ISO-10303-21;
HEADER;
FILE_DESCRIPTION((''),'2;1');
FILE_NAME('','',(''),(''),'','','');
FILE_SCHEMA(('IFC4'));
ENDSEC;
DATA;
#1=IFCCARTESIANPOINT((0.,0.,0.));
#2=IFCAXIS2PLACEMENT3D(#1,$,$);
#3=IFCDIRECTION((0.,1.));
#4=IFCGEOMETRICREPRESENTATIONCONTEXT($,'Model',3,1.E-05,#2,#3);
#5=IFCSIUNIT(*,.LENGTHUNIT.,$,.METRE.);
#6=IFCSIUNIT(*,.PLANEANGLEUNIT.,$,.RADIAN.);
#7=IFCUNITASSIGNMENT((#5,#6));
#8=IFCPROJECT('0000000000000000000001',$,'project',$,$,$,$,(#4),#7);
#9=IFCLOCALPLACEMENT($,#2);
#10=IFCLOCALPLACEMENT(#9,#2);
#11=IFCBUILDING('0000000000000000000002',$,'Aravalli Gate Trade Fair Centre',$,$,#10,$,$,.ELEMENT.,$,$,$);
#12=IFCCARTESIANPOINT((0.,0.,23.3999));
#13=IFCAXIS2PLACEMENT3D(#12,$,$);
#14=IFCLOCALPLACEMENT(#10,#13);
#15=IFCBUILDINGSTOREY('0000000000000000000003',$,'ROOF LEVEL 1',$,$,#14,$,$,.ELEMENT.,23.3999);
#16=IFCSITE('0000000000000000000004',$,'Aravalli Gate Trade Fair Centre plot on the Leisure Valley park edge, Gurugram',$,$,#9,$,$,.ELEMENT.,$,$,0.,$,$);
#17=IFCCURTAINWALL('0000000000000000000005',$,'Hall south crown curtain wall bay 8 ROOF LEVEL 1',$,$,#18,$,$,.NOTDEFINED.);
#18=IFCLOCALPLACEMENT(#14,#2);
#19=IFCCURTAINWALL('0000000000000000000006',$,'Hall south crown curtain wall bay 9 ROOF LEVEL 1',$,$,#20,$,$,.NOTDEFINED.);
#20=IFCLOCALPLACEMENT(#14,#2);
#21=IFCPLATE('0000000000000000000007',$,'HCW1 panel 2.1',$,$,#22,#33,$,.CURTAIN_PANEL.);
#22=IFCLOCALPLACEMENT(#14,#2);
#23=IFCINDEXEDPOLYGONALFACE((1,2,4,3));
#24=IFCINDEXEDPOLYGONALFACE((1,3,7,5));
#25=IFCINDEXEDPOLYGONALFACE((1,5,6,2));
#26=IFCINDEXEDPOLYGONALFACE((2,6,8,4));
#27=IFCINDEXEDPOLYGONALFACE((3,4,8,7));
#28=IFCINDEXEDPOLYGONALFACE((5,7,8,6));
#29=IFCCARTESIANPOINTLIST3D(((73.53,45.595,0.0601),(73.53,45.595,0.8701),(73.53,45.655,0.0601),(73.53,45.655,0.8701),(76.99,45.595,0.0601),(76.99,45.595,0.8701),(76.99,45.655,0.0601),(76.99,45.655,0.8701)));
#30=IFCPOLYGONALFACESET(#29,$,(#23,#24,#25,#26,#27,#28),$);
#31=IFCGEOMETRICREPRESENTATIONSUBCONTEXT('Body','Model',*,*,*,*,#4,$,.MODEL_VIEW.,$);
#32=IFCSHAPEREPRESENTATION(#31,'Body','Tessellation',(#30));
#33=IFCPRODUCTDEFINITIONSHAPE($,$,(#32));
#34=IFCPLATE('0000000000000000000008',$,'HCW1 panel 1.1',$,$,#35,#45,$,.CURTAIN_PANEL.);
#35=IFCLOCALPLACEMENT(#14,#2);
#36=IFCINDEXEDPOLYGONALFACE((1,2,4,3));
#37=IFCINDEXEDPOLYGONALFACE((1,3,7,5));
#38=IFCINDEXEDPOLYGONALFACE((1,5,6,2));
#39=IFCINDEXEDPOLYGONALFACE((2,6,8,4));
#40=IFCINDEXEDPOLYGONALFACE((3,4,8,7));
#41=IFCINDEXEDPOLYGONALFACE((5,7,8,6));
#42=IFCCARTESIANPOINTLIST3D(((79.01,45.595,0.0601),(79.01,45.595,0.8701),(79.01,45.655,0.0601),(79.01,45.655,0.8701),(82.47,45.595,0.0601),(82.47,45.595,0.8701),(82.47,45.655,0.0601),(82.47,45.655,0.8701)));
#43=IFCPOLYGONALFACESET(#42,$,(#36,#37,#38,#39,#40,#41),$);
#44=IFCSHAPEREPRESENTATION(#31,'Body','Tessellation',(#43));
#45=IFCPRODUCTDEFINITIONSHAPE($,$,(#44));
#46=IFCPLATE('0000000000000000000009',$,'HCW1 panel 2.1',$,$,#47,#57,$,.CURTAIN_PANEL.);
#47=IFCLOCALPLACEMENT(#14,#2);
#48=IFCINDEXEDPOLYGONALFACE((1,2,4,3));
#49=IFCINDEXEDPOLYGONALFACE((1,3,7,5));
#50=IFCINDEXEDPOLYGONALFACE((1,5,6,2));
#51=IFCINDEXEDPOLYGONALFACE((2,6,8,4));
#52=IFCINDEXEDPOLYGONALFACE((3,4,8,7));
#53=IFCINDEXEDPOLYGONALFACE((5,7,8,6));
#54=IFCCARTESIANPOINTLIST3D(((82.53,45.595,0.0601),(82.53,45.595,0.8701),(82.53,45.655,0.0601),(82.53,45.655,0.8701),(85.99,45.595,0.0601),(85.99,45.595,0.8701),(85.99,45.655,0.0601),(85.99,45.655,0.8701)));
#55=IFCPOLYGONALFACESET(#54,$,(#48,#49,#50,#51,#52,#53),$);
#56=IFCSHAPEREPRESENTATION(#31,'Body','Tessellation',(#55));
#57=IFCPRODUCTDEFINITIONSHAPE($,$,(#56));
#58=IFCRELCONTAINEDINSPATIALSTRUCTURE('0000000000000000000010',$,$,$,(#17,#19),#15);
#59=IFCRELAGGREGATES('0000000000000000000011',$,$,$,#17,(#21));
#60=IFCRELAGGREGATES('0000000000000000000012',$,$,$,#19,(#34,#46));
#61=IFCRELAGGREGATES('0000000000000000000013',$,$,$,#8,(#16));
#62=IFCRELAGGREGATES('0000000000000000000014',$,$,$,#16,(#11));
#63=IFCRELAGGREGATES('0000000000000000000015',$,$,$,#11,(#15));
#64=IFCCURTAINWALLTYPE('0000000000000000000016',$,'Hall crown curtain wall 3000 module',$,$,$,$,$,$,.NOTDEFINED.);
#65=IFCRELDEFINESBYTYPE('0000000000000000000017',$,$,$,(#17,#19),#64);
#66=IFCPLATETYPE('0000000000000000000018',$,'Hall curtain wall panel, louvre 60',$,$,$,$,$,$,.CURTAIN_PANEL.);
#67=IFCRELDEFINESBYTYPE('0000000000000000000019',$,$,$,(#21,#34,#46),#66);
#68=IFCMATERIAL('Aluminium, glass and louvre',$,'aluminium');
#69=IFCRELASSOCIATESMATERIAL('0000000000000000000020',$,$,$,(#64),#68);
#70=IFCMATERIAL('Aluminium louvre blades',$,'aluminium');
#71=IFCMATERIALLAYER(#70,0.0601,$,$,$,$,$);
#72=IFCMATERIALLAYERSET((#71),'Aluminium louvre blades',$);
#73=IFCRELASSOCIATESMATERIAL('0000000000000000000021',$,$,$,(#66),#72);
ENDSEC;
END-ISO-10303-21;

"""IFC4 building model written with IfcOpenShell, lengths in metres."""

from ifc_helpers import new_model, si_unit, direction, frame, origin, origin_2d, place, context, subcontext, project, spatial, rectangle, extrude, material, layer, layer_set, type_object, element, aggregate, save


model = new_model("IFC4")

# Units and contexts
model_context = context("Model", 3, precision=1e-05, world=origin(), true_north=direction((0.0, 1.0)))
body_context = subcontext(model_context, "Body", "Model", "MODEL_VIEW")
ifc_project = project(units=[si_unit("LENGTHUNIT", "METRE"), si_unit("PLANEANGLEUNIT", "RADIAN")], contexts=[model_context])

# Site, building, storey
site_placement = place(None, origin())
site = spatial("IfcSite", under=ifc_project, at=site_placement, Name="Aravalli Gate Trade Fair Centre plot on the Leisure Valley park edge, Gurugram", CompositionType="ELEMENT", RefElevation=0.0)
building_placement = place(site_placement, origin())
building = spatial("IfcBuilding", under=site, at=building_placement, Name="Aravalli Gate Trade Fair Centre", CompositionType="ELEMENT")
storey_placement = place(building_placement, frame((0.0, 0.0, 23.3999)))
storey = spatial("IfcBuildingStorey", under=building, at=storey_placement, Name="ROOF LEVEL 1", CompositionType="ELEMENT", Elevation=23.3999)

# Shared definitions
ifc_material_1 = material(Name="Aluminium, glass and louvre", Category="aluminium")
curtain_wall_type = type_object("IfcCurtainWallType", Name="Hall crown curtain wall 3000 module", PredefinedType="NOTDEFINED", material=ifc_material_1)

# Curtain walls
curtain_wall_1_placement = place(storey_placement, origin())
curtain_wall_1 = element("IfcCurtainWall", 1, at=curtain_wall_1_placement, inside=storey, type_object=curtain_wall_type, Name="Hall south crown curtain wall bay 8 ROOF LEVEL 1", PredefinedType="NOTDEFINED")
curtain_wall_2_placement = place(storey_placement, origin())
curtain_wall_2 = element("IfcCurtainWall", 2, at=curtain_wall_2_placement, inside=storey, type_object=curtain_wall_type, Name="Hall south crown curtain wall bay 9 ROOF LEVEL 1", PredefinedType="NOTDEFINED")

# Plates
ifc_material_2 = material(Name="Aluminium louvre blades", Category="aluminium")
ifc_layer_1 = layer(ifc_material_2, 0.0601)
ifc_layer_set_1 = layer_set([ifc_layer_1], Name="Aluminium louvre blades")
plate_type_1 = type_object("IfcPlateType", Name="Hall curtain wall panel, louvre 60", PredefinedType="CURTAIN_PANEL", material=ifc_layer_set_1)
plate_1_placement = place(storey_placement, frame((75.26, 45.625, 0.0601), z_axis=(0.0, 0.0, 1.0), x_axis=(1.0, 0.0, 0.0)))
plate_1 = element("IfcPlate", 3, at=plate_1_placement, type_object=plate_type_1, Name="HCW1 panel 2.1", PredefinedType="CURTAIN_PANEL", context=body_context, shape_type="SweptSolid", body=[
    extrude(rectangle(XDim=3.46, YDim=0.0601, at=origin_2d()), origin(), (0.0, 0.0, 1.0), 0.8101),
])
aggregate(curtain_wall_1, [plate_1])
plate_2_placement = place(storey_placement, frame((80.74, 45.625, 0.0601), z_axis=(0.0, 0.0, 1.0), x_axis=(1.0, 0.0, 0.0)))
plate_2 = element("IfcPlate", 4, at=plate_2_placement, type_object=plate_type_1, Name="HCW1 panel 1.1", PredefinedType="CURTAIN_PANEL", context=body_context, shape_type="SweptSolid", body=[
    extrude(rectangle(XDim=3.46, YDim=0.0601, at=origin_2d()), origin(), (0.0, 0.0, 1.0), 0.8101),
])
plate_3_placement = place(storey_placement, frame((84.26, 45.625, 0.0601), z_axis=(0.0, 0.0, 1.0), x_axis=(1.0, 0.0, 0.0)))
plate_3 = element("IfcPlate", 5, at=plate_3_placement, type_object=plate_type_1, Name="HCW1 panel 2.1", PredefinedType="CURTAIN_PANEL", context=body_context, shape_type="SweptSolid", body=[
    extrude(rectangle(XDim=3.46, YDim=0.0601, at=origin_2d()), origin(), (0.0, 0.0, 1.0), 0.8101),
])
aggregate(curtain_wall_2, [plate_2, plate_3])

save(model, "model.ifc")
